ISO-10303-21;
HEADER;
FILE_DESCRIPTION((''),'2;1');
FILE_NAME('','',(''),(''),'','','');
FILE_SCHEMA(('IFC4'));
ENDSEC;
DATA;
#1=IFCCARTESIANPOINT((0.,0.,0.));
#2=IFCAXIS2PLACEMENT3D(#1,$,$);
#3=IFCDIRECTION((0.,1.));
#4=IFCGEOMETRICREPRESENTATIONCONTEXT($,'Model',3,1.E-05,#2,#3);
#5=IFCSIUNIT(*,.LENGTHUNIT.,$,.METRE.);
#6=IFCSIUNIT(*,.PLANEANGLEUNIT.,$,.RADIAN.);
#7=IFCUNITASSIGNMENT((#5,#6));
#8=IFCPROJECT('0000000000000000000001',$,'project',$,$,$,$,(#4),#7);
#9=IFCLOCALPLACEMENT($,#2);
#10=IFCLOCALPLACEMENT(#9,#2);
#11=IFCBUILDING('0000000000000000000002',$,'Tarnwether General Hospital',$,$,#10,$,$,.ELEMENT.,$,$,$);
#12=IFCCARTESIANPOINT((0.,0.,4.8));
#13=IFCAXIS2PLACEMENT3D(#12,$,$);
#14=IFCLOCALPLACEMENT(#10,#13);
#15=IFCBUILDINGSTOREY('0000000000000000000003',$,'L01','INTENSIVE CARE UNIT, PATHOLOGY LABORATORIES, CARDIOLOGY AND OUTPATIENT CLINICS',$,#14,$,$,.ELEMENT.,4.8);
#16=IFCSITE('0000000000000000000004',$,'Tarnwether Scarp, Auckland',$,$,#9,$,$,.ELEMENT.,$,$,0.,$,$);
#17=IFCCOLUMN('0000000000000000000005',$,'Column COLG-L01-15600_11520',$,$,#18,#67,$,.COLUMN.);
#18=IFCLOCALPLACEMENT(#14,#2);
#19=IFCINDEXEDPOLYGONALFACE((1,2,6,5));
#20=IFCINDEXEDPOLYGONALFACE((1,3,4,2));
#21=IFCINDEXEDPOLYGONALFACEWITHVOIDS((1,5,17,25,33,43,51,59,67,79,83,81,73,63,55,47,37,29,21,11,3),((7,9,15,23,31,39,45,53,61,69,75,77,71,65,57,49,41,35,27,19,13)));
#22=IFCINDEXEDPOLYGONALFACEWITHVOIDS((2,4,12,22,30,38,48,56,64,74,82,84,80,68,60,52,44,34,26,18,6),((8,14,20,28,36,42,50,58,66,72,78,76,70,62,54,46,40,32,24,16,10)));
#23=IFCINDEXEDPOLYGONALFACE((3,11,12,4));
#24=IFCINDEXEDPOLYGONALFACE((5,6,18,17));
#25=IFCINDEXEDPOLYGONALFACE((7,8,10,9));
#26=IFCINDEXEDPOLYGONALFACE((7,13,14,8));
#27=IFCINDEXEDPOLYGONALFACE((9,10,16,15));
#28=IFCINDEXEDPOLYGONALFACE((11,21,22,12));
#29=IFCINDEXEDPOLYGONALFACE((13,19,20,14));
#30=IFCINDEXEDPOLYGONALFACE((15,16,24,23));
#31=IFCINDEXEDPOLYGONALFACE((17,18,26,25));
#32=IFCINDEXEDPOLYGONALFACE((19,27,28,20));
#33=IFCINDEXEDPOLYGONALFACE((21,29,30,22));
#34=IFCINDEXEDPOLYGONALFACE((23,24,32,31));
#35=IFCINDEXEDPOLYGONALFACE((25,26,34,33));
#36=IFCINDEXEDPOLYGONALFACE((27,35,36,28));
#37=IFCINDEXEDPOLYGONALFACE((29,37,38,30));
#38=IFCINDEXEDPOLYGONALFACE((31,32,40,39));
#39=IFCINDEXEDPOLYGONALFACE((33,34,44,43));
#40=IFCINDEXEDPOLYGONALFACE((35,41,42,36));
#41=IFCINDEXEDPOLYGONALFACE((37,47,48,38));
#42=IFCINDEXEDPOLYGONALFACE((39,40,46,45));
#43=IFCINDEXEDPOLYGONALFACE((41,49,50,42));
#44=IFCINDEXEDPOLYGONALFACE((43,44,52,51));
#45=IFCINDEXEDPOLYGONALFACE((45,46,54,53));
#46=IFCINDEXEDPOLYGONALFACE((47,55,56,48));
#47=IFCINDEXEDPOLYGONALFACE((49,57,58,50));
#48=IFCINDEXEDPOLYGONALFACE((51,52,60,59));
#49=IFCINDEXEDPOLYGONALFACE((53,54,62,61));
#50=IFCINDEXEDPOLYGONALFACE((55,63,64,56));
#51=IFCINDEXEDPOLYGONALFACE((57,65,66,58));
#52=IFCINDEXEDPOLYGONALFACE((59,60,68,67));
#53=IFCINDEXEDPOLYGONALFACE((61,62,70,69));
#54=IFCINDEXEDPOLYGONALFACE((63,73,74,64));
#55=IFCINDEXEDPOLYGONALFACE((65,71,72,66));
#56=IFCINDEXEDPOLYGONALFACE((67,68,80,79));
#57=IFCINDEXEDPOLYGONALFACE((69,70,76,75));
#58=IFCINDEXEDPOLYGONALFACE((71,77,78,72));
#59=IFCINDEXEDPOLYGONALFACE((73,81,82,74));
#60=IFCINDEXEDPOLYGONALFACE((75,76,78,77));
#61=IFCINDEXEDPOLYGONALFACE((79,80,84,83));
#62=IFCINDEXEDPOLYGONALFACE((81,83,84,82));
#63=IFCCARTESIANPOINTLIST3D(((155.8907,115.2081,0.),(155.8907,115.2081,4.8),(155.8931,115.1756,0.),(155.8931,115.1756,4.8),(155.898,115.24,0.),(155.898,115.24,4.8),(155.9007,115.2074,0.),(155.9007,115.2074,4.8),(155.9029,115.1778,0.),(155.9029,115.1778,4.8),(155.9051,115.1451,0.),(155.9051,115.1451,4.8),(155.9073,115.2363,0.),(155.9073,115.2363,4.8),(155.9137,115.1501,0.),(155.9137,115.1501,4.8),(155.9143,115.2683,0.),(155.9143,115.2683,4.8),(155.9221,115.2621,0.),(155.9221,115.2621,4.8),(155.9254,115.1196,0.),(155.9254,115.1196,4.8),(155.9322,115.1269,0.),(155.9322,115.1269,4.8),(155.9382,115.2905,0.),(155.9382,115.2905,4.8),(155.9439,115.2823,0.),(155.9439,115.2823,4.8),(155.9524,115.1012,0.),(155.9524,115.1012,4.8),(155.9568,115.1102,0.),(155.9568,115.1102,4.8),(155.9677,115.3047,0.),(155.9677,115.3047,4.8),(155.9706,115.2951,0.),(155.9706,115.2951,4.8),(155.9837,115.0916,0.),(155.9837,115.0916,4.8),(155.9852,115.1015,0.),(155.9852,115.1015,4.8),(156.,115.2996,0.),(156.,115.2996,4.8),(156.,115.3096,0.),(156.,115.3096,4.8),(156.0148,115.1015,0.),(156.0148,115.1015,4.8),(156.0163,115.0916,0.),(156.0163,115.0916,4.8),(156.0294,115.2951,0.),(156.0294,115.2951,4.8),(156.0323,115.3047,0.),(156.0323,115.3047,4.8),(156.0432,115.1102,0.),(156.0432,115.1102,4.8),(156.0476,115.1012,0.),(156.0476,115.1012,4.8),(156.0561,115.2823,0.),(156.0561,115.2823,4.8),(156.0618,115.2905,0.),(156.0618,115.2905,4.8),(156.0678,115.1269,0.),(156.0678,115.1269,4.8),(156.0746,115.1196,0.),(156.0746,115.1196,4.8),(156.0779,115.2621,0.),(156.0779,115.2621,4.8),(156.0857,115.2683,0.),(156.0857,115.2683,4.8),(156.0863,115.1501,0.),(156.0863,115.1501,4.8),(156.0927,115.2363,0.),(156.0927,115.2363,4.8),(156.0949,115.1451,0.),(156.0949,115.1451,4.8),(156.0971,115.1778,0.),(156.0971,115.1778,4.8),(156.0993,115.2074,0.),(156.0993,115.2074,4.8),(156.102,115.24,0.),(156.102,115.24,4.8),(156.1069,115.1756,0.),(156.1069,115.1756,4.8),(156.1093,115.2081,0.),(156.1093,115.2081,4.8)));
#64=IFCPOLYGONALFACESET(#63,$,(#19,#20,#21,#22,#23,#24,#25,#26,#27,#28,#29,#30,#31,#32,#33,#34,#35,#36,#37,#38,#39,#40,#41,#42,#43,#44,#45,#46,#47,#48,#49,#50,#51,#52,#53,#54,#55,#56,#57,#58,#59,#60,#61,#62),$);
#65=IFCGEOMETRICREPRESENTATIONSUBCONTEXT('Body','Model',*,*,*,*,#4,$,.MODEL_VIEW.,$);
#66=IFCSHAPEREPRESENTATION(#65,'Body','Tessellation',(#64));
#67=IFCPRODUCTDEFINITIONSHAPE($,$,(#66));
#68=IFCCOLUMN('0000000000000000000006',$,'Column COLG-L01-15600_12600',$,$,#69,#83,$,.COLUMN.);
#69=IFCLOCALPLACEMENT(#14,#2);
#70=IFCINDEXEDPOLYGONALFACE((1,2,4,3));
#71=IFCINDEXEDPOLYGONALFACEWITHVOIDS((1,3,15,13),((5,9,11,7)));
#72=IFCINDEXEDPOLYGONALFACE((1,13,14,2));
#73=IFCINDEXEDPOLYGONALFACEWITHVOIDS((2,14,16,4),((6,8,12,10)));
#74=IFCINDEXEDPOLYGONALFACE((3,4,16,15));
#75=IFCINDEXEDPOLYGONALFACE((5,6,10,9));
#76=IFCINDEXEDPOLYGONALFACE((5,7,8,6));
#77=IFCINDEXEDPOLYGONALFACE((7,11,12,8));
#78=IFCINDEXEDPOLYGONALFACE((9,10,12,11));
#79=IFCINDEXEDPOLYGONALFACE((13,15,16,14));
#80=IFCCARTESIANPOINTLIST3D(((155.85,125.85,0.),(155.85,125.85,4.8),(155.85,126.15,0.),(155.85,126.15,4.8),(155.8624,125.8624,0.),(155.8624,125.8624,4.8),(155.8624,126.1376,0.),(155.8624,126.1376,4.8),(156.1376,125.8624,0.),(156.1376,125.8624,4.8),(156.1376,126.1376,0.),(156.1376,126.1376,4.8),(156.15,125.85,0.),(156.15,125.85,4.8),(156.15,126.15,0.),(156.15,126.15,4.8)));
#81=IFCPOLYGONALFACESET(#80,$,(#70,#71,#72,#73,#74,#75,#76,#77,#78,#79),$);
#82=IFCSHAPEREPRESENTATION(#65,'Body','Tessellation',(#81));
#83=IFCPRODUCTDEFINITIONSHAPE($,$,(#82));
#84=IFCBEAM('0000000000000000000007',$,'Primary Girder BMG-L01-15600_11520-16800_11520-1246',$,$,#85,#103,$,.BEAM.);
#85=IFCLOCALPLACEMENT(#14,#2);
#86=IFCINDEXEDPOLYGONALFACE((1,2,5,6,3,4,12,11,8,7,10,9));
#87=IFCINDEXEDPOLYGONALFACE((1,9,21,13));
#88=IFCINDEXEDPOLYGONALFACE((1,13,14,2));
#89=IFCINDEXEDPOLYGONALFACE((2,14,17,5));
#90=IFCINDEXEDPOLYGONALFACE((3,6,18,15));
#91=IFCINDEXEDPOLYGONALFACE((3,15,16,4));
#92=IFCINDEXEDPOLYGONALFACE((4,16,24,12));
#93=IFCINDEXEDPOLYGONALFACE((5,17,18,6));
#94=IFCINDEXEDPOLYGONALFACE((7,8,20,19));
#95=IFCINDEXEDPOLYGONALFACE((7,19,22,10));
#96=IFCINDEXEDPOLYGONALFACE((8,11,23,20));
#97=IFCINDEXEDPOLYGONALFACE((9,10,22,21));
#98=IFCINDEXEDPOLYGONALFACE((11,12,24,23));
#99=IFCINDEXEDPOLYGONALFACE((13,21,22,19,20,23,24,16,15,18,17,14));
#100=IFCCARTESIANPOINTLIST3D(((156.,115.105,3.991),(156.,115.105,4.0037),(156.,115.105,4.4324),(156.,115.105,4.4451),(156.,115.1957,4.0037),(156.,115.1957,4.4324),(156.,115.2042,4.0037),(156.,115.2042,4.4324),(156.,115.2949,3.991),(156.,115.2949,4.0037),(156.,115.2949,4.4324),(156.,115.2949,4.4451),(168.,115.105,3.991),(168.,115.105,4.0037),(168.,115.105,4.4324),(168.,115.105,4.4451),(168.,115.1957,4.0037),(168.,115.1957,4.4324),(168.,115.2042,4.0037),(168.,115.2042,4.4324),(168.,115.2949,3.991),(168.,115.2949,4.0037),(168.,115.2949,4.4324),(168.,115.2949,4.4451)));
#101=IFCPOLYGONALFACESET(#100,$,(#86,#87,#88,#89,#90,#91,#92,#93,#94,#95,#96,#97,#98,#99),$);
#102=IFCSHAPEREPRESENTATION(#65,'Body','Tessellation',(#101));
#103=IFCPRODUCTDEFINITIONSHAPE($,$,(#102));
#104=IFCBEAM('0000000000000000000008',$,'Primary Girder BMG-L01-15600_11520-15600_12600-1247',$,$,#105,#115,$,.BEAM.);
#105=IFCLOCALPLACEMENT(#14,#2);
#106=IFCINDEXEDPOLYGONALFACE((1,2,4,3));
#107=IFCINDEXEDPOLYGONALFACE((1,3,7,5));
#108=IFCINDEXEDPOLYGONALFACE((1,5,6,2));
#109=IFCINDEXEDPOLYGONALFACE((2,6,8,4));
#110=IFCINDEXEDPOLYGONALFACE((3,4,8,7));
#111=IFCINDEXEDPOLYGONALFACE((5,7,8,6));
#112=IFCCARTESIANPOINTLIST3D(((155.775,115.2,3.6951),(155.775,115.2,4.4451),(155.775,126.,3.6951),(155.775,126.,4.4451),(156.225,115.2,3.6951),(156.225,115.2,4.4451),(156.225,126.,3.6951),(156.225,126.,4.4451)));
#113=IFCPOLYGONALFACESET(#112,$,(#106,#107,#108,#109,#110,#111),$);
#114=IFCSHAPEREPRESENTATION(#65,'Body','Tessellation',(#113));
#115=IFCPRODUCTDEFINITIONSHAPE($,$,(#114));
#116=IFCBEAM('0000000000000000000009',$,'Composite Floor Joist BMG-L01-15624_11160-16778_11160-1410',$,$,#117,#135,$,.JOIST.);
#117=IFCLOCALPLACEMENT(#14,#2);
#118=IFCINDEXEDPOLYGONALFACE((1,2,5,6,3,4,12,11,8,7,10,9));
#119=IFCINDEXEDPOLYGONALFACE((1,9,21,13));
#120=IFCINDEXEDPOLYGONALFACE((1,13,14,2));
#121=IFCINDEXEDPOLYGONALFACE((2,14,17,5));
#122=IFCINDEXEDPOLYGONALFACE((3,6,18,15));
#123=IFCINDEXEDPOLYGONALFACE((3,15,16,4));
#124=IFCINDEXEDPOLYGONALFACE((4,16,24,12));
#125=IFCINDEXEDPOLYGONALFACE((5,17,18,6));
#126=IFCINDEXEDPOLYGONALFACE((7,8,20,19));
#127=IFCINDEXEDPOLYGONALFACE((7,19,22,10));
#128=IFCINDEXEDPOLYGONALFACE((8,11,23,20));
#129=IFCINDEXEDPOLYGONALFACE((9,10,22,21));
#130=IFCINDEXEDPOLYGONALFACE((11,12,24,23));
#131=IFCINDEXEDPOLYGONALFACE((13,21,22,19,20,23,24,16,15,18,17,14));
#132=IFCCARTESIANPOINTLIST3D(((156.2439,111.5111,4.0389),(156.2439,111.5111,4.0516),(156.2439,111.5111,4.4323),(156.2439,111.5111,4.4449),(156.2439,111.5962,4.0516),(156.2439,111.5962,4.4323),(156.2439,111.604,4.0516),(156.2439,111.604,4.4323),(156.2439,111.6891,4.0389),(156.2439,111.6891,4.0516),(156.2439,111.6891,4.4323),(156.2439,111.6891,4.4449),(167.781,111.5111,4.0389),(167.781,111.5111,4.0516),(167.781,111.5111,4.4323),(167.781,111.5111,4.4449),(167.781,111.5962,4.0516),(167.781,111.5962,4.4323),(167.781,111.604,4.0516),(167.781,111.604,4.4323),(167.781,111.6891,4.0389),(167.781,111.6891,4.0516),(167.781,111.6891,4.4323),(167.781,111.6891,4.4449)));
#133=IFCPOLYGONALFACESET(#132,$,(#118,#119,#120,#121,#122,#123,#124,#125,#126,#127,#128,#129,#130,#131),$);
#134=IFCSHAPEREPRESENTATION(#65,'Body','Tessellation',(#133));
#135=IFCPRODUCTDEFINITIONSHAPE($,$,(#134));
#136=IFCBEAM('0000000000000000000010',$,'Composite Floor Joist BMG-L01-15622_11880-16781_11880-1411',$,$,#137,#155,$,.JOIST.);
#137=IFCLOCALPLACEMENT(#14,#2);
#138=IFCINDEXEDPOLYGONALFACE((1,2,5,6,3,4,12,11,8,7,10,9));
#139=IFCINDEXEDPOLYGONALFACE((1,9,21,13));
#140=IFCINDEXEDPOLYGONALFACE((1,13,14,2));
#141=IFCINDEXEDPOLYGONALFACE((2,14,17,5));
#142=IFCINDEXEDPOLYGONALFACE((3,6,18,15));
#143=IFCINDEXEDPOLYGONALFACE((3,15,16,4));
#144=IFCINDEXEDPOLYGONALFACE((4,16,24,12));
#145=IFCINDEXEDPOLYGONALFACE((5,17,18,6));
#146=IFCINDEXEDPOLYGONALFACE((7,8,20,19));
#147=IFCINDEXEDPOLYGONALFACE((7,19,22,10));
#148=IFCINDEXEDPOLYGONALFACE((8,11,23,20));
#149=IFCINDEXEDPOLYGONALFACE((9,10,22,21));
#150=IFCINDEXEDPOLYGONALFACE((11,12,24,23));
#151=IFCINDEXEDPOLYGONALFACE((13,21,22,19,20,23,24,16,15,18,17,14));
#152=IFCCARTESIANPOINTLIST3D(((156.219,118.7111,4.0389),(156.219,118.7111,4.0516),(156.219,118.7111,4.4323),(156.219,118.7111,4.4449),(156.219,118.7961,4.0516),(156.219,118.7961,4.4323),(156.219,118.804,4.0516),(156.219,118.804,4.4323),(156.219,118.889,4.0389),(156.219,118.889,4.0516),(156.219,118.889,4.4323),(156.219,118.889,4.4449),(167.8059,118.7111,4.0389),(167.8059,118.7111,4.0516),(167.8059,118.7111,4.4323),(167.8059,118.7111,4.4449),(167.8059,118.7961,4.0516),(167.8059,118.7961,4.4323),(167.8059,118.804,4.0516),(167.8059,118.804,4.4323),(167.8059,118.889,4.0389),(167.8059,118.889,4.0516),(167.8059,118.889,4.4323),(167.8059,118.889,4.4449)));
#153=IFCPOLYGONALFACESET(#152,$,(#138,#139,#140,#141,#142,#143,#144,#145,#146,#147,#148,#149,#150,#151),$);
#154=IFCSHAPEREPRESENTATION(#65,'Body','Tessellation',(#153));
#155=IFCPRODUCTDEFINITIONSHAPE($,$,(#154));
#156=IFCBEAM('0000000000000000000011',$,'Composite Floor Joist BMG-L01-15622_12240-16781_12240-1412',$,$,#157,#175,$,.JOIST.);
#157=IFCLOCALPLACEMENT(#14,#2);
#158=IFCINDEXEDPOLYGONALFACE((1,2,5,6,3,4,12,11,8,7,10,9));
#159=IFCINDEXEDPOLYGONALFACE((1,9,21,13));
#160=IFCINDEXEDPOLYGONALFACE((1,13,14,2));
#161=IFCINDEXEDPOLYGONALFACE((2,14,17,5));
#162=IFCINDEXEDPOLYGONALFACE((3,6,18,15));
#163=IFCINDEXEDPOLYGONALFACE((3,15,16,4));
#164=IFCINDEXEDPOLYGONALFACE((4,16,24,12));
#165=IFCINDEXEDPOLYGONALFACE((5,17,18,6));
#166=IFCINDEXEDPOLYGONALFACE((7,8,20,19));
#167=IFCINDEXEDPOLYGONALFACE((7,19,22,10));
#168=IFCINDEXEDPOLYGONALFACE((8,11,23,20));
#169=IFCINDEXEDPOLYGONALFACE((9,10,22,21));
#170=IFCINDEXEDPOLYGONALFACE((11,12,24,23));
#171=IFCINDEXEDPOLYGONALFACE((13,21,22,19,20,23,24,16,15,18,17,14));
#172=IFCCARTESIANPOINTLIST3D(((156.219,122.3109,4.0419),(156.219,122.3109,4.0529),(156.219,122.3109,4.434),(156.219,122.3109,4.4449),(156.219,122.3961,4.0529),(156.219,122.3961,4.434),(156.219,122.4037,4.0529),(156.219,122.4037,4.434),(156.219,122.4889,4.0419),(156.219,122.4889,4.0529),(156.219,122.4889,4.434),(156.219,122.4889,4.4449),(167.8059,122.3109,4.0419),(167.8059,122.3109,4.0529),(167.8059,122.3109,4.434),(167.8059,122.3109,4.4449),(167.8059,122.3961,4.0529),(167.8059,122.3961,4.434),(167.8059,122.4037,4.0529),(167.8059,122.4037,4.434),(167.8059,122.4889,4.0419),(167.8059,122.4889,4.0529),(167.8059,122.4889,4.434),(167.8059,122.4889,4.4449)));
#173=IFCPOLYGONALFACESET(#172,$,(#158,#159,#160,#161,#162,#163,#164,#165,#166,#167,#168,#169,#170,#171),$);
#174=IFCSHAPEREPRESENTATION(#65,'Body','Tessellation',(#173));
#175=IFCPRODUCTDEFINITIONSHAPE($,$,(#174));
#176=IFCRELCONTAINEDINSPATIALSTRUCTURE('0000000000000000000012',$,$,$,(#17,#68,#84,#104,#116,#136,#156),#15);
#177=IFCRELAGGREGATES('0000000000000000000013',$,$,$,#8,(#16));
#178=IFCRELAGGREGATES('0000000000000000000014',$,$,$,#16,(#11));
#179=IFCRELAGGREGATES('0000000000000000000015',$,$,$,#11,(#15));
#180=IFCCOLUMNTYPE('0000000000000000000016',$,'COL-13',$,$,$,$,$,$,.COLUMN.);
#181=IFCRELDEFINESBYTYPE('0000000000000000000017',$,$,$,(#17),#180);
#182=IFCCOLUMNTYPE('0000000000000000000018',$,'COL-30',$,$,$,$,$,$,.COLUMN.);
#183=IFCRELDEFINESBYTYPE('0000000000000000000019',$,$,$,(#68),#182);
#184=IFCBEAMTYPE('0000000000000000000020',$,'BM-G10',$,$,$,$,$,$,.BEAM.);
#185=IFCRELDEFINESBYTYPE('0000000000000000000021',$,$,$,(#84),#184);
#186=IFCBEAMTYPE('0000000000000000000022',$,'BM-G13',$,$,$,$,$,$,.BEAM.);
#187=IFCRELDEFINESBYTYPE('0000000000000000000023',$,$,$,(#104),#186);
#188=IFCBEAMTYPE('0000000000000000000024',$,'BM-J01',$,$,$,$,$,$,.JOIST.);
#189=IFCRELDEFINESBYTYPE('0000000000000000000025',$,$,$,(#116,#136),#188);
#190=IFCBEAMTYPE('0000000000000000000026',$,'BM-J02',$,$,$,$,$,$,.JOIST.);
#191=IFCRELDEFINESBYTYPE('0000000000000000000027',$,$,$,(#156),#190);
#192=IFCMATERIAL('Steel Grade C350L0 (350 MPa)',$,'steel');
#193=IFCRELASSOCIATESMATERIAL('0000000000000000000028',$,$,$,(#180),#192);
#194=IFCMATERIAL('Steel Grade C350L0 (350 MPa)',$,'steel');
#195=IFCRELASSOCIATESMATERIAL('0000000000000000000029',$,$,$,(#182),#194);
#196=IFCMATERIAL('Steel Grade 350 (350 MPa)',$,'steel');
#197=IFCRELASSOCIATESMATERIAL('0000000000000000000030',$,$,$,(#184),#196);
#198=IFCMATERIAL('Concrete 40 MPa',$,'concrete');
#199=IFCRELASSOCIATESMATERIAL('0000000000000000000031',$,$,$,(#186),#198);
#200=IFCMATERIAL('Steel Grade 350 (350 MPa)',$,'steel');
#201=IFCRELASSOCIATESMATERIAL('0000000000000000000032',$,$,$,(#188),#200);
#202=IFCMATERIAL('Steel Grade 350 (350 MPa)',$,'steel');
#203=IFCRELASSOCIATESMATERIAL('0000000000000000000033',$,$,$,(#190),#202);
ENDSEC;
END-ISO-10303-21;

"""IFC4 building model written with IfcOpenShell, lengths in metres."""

from ifc_helpers import new_model, si_unit, direction, frame, origin, origin_2d, place, context, subcontext, project, spatial, rectangle, hollow_rectangle, hollow_circle, i_section, extrude, material, material_profile, profile_set, type_object, element, save


model = new_model("IFC4")

# Units and contexts
model_context = context("Model", 3, precision=1e-05, world=origin(), true_north=direction((0.0, 1.0)))
body_context = subcontext(model_context, "Body", "Model", "MODEL_VIEW")
ifc_project = project(units=[si_unit("LENGTHUNIT", "METRE"), si_unit("PLANEANGLEUNIT", "RADIAN")], contexts=[model_context])

# Site, building, storey
site_placement = place(None, origin())
site = spatial("IfcSite", under=ifc_project, at=site_placement, Name="Tarnwether Scarp, Auckland", CompositionType="ELEMENT", RefElevation=0.0)
building_placement = place(site_placement, origin())
building = spatial("IfcBuilding", under=site, at=building_placement, Name="Tarnwether General Hospital", CompositionType="ELEMENT")
storey_placement = place(building_placement, frame((0.0, 0.0, 4.8)))
storey = spatial("IfcBuildingStorey", under=building, at=storey_placement, Name="L01", Description="INTENSIVE CARE UNIT, PATHOLOGY LABORATORIES, CARDIOLOGY AND OUTPATIENT CLINICS", CompositionType="ELEMENT", Elevation=4.8)

# Columns
ifc_material_1 = material(Name="Steel Grade C350L0 (350 MPa)", Category="steel")
ifc_material_profile_1 = material_profile(ifc_material_1, hollow_circle(Radius=0.1096, WallThickness=0.01, at=origin_2d()), Name="CHS219.1x10.0")
ifc_profile_set_1 = profile_set([ifc_material_profile_1], Name="Steel Grade C350L0 (350 MPa)")
column_type_1 = type_object("IfcColumnType", Name="COL-13", PredefinedType="COLUMN", material=ifc_profile_set_1)
column_1_placement = place(storey_placement, frame((156.0, 115.2, 0.0), z_axis=(0.0, 0.0, 1.0), x_axis=(0.0, 1.0, 0.0)))
element("IfcColumn", 1, at=column_1_placement, inside=storey, type_object=column_type_1, Name="Column COLG-L01-15600_11520", PredefinedType="COLUMN", context=body_context, shape_type="SweptSolid", body=[
    extrude(hollow_circle(Radius=0.1096, WallThickness=0.01, at=origin_2d()), origin(), (0.0, 0.0, 1.0), 4.8),
])
ifc_material_2 = material(Name="Steel Grade C350L0 (350 MPa)", Category="steel")
ifc_material_profile_2 = material_profile(ifc_material_2, hollow_rectangle(XDim=0.3, YDim=0.3, WallThickness=0.0125, at=origin_2d()), Name="SHS300x300x12.5")
ifc_profile_set_2 = profile_set([ifc_material_profile_2], Name="Steel Grade C350L0 (350 MPa)")
column_type_2 = type_object("IfcColumnType", Name="COL-30", PredefinedType="COLUMN", material=ifc_profile_set_2)
column_2_placement = place(storey_placement, frame((156.0, 126.0, 0.0), z_axis=(0.0, 0.0, 1.0), x_axis=(0.0, 1.0, 0.0)))
element("IfcColumn", 2, at=column_2_placement, inside=storey, type_object=column_type_2, Name="Column COLG-L01-15600_12600", PredefinedType="COLUMN", context=body_context, shape_type="SweptSolid", body=[
    extrude(hollow_rectangle(XDim=0.3, YDim=0.3, WallThickness=0.0125, at=origin_2d()), origin(), (0.0, 0.0, 1.0), 4.8),
])

# Beams
ifc_material_3 = material(Name="Steel Grade 350 (350 MPa)", Category="steel")
ifc_material_profile_3 = material_profile(ifc_material_3, i_section(OverallWidth=0.1899, OverallDepth=0.4541, WebThickness=0.0085, FlangeThickness=0.0127, at=origin_2d()), Name="460UB67.1")
ifc_profile_set_3 = profile_set([ifc_material_profile_3], Name="Steel Grade 350 (350 MPa)")
beam_type_1 = type_object("IfcBeamType", Name="BM-G10", PredefinedType="BEAM", material=ifc_profile_set_3)
beam_1_placement = place(storey_placement, frame((156.0, 115.2, 4.218), z_axis=(1.0, 0.0, 0.0), x_axis=(0.0, 1.0, 0.0)))
element("IfcBeam", 3, at=beam_1_placement, inside=storey, type_object=beam_type_1, Name="Primary Girder BMG-L01-15600_11520-16800_11520-1246", PredefinedType="BEAM", context=body_context, shape_type="SweptSolid", body=[
    extrude(i_section(OverallWidth=0.1899, OverallDepth=0.4541, WebThickness=0.0085, FlangeThickness=0.0127, at=origin_2d()), origin(), (0.0, 0.0, 1.0), 12.0),
])
ifc_material_4 = material(Name="Concrete 40 MPa", Category="concrete")
ifc_material_profile_4 = material_profile(ifc_material_4, rectangle(XDim=0.45, YDim=0.75, at=origin_2d()), Name="RC-BM-450x750")
ifc_profile_set_4 = profile_set([ifc_material_profile_4], Name="Concrete 40 MPa")
beam_type_2 = type_object("IfcBeamType", Name="BM-G13", PredefinedType="BEAM", material=ifc_profile_set_4)
beam_2_placement = place(storey_placement, frame((156.0, 115.2, 4.0701), z_axis=(0.0, 1.0, 0.0), x_axis=(-1.0, 0.0, 0.0)))
element("IfcBeam", 4, at=beam_2_placement, inside=storey, type_object=beam_type_2, Name="Primary Girder BMG-L01-15600_11520-15600_12600-1247", PredefinedType="BEAM", context=body_context, shape_type="SweptSolid", body=[
    extrude(rectangle(XDim=0.45, YDim=0.75, at=origin_2d()), origin(), (0.0, 0.0, 1.0), 10.8),
])
ifc_material_5 = material(Name="Steel Grade 350 (350 MPa)", Category="steel")
ifc_material_profile_5 = material_profile(ifc_material_5, i_section(OverallWidth=0.178, OverallDepth=0.406, WebThickness=0.0078, FlangeThickness=0.0127, at=origin_2d()), Name="410UB59.7")
ifc_profile_set_5 = profile_set([ifc_material_profile_5], Name="Steel Grade 350 (350 MPa)")
beam_type_3 = type_object("IfcBeamType", Name="BM-J01", PredefinedType="JOIST", material=ifc_profile_set_5)
beam_3_placement = place(storey_placement, frame((156.2439, 111.6001, 4.2419), z_axis=(1.0, 0.0, 0.0), x_axis=(0.0, 1.0, 0.0)))
element("IfcBeam", 5, at=beam_3_placement, inside=storey, type_object=beam_type_3, Name="Composite Floor Joist BMG-L01-15624_11160-16778_11160-1410", PredefinedType="JOIST", context=body_context, shape_type="SweptSolid", body=[
    extrude(i_section(OverallWidth=0.178, OverallDepth=0.406, WebThickness=0.0078, FlangeThickness=0.0127, at=origin_2d()), origin(), (0.0, 0.0, 1.0), 11.5371),
])
beam_4_placement = place(storey_placement, frame((156.219, 118.8, 4.2419), z_axis=(1.0, 0.0, 0.0), x_axis=(0.0, 1.0, 0.0)))
element("IfcBeam", 6, at=beam_4_placement, inside=storey, type_object=beam_type_3, Name="Composite Floor Joist BMG-L01-15622_11880-16781_11880-1411", PredefinedType="JOIST", context=body_context, shape_type="SweptSolid", body=[
    extrude(i_section(OverallWidth=0.178, OverallDepth=0.406, WebThickness=0.0078, FlangeThickness=0.0127, at=origin_2d()), origin(), (0.0, 0.0, 1.0), 11.5869),
])
ifc_material_6 = material(Name="Steel Grade 350 (350 MPa)", Category="steel")
ifc_material_profile_6 = material_profile(ifc_material_6, i_section(OverallWidth=0.178, OverallDepth=0.4031, WebThickness=0.0076, FlangeThickness=0.011, at=origin_2d()), Name="410UB53.7")
ifc_profile_set_6 = profile_set([ifc_material_profile_6], Name="Steel Grade 350 (350 MPa)")
beam_type_4 = type_object("IfcBeamType", Name="BM-J02", PredefinedType="JOIST", material=ifc_profile_set_6)
beam_5_placement = place(storey_placement, frame((156.219, 122.3999, 4.2434), z_axis=(1.0, 0.0, 0.0), x_axis=(0.0, 1.0, 0.0)))
element("IfcBeam", 7, at=beam_5_placement, inside=storey, type_object=beam_type_4, Name="Composite Floor Joist BMG-L01-15622_12240-16781_12240-1412", PredefinedType="JOIST", context=body_context, shape_type="SweptSolid", body=[
    extrude(i_section(OverallWidth=0.178, OverallDepth=0.4031, WebThickness=0.0076, FlangeThickness=0.011, at=origin_2d()), origin(), (0.0, 0.0, 1.0), 11.5869),
])

save(model, "model.ifc")
